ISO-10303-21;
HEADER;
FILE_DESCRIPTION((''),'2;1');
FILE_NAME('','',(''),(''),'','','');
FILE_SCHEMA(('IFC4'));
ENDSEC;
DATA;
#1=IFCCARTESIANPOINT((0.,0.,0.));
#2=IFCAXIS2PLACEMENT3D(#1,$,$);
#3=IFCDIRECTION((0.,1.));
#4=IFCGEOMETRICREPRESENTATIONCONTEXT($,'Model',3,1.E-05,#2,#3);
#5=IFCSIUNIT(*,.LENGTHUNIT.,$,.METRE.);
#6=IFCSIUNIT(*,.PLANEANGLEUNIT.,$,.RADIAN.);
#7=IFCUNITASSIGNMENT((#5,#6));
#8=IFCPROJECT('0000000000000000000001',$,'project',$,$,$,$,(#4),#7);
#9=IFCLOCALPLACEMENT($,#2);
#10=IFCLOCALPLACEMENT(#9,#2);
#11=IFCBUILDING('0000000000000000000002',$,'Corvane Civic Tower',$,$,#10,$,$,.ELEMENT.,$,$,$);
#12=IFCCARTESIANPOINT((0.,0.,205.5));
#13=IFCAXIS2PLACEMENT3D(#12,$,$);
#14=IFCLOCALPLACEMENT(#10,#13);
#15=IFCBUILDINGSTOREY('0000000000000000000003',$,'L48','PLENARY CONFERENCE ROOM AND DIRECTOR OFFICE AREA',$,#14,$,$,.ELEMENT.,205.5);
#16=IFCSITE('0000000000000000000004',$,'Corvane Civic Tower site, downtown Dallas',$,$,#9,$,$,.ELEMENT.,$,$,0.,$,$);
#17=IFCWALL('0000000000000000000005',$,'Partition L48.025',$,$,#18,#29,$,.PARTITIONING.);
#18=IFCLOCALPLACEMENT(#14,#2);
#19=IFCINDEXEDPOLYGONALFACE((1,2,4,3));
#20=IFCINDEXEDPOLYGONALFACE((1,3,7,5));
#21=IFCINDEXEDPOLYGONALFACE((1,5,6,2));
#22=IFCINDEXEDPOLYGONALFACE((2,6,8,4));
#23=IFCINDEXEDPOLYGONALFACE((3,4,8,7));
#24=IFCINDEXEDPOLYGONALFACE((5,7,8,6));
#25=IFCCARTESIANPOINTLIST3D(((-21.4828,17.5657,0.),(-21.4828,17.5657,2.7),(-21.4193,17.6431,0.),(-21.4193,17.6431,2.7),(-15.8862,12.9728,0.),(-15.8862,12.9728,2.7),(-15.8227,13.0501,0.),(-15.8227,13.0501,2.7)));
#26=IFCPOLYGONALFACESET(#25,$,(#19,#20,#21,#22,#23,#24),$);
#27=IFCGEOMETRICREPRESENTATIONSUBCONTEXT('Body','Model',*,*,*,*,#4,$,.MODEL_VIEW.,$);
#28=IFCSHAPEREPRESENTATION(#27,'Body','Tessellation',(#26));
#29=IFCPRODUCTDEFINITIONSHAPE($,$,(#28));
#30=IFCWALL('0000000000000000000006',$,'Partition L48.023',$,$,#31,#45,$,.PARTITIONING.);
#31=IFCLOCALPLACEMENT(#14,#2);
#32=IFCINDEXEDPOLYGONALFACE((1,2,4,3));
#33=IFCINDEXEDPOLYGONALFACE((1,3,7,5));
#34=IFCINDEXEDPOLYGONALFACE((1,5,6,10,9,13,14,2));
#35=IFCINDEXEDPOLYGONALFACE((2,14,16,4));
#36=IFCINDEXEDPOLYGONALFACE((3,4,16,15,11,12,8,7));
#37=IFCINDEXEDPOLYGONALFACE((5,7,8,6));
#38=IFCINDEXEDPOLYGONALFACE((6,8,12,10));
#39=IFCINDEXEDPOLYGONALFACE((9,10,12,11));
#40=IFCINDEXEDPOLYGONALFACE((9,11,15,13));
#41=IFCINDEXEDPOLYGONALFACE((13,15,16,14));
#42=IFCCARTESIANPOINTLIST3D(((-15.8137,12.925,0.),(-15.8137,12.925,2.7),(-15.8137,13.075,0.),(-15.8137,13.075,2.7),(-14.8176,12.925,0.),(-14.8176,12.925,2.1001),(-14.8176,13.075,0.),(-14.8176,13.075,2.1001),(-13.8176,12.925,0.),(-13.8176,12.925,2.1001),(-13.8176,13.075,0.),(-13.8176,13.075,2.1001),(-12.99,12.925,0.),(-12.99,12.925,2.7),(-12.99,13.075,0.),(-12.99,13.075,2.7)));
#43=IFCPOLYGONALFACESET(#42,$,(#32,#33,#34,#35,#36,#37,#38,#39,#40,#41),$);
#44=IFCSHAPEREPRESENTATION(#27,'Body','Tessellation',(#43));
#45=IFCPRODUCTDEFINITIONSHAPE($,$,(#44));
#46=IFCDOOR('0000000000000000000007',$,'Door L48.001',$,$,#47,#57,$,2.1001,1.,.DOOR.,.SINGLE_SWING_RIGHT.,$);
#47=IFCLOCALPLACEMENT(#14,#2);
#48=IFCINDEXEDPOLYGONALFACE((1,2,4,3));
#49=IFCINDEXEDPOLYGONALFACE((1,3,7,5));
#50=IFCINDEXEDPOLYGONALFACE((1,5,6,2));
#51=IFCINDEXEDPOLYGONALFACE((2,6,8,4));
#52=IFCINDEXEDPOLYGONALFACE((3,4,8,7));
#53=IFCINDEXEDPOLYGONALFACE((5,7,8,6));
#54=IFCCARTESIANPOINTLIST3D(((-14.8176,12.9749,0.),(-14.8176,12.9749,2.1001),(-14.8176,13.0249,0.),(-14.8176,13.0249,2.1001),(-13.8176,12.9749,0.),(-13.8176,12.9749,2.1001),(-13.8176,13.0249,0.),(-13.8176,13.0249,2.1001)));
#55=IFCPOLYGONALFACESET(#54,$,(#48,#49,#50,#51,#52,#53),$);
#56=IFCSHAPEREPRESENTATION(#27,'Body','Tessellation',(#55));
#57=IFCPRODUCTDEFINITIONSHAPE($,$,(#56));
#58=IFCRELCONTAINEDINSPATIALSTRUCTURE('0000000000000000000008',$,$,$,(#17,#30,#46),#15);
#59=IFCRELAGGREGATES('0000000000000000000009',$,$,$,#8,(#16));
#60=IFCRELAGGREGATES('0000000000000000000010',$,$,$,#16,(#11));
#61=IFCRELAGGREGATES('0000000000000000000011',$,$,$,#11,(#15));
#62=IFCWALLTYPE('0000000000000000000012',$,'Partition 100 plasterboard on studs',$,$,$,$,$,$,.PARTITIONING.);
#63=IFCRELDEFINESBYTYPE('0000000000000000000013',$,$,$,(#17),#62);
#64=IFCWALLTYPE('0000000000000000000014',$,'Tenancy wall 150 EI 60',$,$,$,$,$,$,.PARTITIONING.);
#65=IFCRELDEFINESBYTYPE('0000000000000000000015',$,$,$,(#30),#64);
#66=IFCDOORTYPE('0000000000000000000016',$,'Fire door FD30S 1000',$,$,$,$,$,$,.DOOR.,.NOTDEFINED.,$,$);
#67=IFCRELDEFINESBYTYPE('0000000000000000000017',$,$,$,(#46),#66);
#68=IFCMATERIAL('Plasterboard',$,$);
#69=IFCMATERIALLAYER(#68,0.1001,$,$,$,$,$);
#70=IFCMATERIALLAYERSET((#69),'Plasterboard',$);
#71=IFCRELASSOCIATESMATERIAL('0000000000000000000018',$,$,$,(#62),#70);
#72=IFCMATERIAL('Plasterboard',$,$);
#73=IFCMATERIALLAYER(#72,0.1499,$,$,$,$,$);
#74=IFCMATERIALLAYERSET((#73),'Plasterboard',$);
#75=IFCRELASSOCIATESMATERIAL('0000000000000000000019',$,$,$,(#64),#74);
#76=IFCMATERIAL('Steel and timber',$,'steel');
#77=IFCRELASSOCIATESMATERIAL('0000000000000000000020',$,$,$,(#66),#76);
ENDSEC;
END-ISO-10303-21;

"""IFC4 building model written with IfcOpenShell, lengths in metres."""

from ifc_helpers import new_model, si_unit, direction, frame, frame_2d, origin, place, context, subcontext, project, spatial, rectangle, extrude, material, layer, layer_set, type_object, element, fill, save


model = new_model("IFC4")

# Units and contexts
model_context = context("Model", 3, precision=1e-05, world=origin(), true_north=direction((0.0, 1.0)))
body_context = subcontext(model_context, "Body", "Model", "MODEL_VIEW")
ifc_project = project(units=[si_unit("LENGTHUNIT", "METRE"), si_unit("PLANEANGLEUNIT", "RADIAN")], contexts=[model_context])

# Site, building, storey
site_placement = place(None, origin())
site = spatial("IfcSite", under=ifc_project, at=site_placement, Name="Corvane Civic Tower site, downtown Dallas", CompositionType="ELEMENT", RefElevation=0.0)
building_placement = place(site_placement, origin())
building = spatial("IfcBuilding", under=site, at=building_placement, Name="Corvane Civic Tower", CompositionType="ELEMENT")
storey_placement = place(building_placement, frame((0.0, 0.0, 205.5)))
storey = spatial("IfcBuildingStorey", under=building, at=storey_placement, Name="L48", Description="PLENARY CONFERENCE ROOM AND DIRECTOR OFFICE AREA", CompositionType="ELEMENT", Elevation=205.5)

# Wall
ifc_material_1 = material(Name="Plasterboard")
ifc_layer_1 = layer(ifc_material_1, 0.1001)
ifc_layer_set_1 = layer_set([ifc_layer_1], Name="Plasterboard")
wall_type_1 = type_object("IfcWallType", Name="Partition 100 plasterboard on studs", PredefinedType="PARTITIONING", material=ifc_layer_set_1)
wall_1_placement = place(storey_placement, frame((-21.4512, 17.6045, 0.0), z_axis=(0.0, 0.0, 1.0), x_axis=(0.773014, -0.634388, 0.0)))
element("IfcWall", 1, at=wall_1_placement, inside=storey, type_object=wall_type_1, Name="Partition L48.025", PredefinedType="PARTITIONING", context=body_context, shape_type="SweptSolid", body=[
    extrude(rectangle(XDim=7.24, YDim=0.1001, at=frame_2d((3.6201, 0.0))), origin(), (0.0, 0.0, 1.0), 2.7),
])

# Wall, opening, door
ifc_material_2 = material(Name="Plasterboard")
ifc_layer_2 = layer(ifc_material_2, 0.1499)
ifc_layer_set_2 = layer_set([ifc_layer_2], Name="Plasterboard")
wall_type_2 = type_object("IfcWallType", Name="Tenancy wall 150 EI 60", PredefinedType="PARTITIONING", material=ifc_layer_set_2)
wall_2_placement = place(storey_placement, frame((-15.8137, 13.0, 0.0), z_axis=(0.0, 0.0, 1.0), x_axis=(1.0, 0.0, 0.0)))
wall_2 = element("IfcWall", 2, at=wall_2_placement, inside=storey, type_object=wall_type_2, Name="Partition L48.023", PredefinedType="PARTITIONING", context=body_context, shape_type="SweptSolid", body=[
    extrude(rectangle(XDim=2.8237, YDim=0.1499, at=frame_2d((1.4119, 0.0))), origin(), (0.0, 0.0, 1.0), 2.7),
])
opening_placement = place(wall_2_placement, frame((0.9961, 0.0, 0.0)))
opening = element("IfcOpeningElement", 3, at=opening_placement, cuts=wall_2, PredefinedType="OPENING", context=body_context, shape_type="SweptSolid", body=[
    extrude(rectangle(XDim=1.0, YDim=2.1001, at=frame_2d((0.5, 1.05))), frame((0.0, 0.085, 0.0), z_axis=(0.0, -1.0, 0.0), x_axis=(1.0, 0.0, 0.0)), (0.0, 0.0, 1.0), 0.1699),
])
ifc_material_3 = material(Name="Steel and timber", Category="steel")
door_type = type_object("IfcDoorType", Name="Fire door FD30S 1000", OperationType="NOTDEFINED", PredefinedType="DOOR", material=ifc_material_3)
door_placement = place(opening_placement, origin())
door = element("IfcDoor", 4, at=door_placement, inside=storey, type_object=door_type, Name="Door L48.001", OperationType="SINGLE_SWING_RIGHT", OverallHeight=2.1001, OverallWidth=1.0, PredefinedType="DOOR", context=body_context, shape_type="SweptSolid", body=[
    extrude(rectangle(XDim=1.0, YDim=2.1001, at=frame_2d((0.5, 1.05))), frame((0.0, 0.0249, 0.0), z_axis=(0.0, -1.0, 0.0), x_axis=(1.0, 0.0, 0.0)), (0.0, 0.0, 1.0), 0.05),
])
fill(opening, door)

save(model, "model.ifc")
